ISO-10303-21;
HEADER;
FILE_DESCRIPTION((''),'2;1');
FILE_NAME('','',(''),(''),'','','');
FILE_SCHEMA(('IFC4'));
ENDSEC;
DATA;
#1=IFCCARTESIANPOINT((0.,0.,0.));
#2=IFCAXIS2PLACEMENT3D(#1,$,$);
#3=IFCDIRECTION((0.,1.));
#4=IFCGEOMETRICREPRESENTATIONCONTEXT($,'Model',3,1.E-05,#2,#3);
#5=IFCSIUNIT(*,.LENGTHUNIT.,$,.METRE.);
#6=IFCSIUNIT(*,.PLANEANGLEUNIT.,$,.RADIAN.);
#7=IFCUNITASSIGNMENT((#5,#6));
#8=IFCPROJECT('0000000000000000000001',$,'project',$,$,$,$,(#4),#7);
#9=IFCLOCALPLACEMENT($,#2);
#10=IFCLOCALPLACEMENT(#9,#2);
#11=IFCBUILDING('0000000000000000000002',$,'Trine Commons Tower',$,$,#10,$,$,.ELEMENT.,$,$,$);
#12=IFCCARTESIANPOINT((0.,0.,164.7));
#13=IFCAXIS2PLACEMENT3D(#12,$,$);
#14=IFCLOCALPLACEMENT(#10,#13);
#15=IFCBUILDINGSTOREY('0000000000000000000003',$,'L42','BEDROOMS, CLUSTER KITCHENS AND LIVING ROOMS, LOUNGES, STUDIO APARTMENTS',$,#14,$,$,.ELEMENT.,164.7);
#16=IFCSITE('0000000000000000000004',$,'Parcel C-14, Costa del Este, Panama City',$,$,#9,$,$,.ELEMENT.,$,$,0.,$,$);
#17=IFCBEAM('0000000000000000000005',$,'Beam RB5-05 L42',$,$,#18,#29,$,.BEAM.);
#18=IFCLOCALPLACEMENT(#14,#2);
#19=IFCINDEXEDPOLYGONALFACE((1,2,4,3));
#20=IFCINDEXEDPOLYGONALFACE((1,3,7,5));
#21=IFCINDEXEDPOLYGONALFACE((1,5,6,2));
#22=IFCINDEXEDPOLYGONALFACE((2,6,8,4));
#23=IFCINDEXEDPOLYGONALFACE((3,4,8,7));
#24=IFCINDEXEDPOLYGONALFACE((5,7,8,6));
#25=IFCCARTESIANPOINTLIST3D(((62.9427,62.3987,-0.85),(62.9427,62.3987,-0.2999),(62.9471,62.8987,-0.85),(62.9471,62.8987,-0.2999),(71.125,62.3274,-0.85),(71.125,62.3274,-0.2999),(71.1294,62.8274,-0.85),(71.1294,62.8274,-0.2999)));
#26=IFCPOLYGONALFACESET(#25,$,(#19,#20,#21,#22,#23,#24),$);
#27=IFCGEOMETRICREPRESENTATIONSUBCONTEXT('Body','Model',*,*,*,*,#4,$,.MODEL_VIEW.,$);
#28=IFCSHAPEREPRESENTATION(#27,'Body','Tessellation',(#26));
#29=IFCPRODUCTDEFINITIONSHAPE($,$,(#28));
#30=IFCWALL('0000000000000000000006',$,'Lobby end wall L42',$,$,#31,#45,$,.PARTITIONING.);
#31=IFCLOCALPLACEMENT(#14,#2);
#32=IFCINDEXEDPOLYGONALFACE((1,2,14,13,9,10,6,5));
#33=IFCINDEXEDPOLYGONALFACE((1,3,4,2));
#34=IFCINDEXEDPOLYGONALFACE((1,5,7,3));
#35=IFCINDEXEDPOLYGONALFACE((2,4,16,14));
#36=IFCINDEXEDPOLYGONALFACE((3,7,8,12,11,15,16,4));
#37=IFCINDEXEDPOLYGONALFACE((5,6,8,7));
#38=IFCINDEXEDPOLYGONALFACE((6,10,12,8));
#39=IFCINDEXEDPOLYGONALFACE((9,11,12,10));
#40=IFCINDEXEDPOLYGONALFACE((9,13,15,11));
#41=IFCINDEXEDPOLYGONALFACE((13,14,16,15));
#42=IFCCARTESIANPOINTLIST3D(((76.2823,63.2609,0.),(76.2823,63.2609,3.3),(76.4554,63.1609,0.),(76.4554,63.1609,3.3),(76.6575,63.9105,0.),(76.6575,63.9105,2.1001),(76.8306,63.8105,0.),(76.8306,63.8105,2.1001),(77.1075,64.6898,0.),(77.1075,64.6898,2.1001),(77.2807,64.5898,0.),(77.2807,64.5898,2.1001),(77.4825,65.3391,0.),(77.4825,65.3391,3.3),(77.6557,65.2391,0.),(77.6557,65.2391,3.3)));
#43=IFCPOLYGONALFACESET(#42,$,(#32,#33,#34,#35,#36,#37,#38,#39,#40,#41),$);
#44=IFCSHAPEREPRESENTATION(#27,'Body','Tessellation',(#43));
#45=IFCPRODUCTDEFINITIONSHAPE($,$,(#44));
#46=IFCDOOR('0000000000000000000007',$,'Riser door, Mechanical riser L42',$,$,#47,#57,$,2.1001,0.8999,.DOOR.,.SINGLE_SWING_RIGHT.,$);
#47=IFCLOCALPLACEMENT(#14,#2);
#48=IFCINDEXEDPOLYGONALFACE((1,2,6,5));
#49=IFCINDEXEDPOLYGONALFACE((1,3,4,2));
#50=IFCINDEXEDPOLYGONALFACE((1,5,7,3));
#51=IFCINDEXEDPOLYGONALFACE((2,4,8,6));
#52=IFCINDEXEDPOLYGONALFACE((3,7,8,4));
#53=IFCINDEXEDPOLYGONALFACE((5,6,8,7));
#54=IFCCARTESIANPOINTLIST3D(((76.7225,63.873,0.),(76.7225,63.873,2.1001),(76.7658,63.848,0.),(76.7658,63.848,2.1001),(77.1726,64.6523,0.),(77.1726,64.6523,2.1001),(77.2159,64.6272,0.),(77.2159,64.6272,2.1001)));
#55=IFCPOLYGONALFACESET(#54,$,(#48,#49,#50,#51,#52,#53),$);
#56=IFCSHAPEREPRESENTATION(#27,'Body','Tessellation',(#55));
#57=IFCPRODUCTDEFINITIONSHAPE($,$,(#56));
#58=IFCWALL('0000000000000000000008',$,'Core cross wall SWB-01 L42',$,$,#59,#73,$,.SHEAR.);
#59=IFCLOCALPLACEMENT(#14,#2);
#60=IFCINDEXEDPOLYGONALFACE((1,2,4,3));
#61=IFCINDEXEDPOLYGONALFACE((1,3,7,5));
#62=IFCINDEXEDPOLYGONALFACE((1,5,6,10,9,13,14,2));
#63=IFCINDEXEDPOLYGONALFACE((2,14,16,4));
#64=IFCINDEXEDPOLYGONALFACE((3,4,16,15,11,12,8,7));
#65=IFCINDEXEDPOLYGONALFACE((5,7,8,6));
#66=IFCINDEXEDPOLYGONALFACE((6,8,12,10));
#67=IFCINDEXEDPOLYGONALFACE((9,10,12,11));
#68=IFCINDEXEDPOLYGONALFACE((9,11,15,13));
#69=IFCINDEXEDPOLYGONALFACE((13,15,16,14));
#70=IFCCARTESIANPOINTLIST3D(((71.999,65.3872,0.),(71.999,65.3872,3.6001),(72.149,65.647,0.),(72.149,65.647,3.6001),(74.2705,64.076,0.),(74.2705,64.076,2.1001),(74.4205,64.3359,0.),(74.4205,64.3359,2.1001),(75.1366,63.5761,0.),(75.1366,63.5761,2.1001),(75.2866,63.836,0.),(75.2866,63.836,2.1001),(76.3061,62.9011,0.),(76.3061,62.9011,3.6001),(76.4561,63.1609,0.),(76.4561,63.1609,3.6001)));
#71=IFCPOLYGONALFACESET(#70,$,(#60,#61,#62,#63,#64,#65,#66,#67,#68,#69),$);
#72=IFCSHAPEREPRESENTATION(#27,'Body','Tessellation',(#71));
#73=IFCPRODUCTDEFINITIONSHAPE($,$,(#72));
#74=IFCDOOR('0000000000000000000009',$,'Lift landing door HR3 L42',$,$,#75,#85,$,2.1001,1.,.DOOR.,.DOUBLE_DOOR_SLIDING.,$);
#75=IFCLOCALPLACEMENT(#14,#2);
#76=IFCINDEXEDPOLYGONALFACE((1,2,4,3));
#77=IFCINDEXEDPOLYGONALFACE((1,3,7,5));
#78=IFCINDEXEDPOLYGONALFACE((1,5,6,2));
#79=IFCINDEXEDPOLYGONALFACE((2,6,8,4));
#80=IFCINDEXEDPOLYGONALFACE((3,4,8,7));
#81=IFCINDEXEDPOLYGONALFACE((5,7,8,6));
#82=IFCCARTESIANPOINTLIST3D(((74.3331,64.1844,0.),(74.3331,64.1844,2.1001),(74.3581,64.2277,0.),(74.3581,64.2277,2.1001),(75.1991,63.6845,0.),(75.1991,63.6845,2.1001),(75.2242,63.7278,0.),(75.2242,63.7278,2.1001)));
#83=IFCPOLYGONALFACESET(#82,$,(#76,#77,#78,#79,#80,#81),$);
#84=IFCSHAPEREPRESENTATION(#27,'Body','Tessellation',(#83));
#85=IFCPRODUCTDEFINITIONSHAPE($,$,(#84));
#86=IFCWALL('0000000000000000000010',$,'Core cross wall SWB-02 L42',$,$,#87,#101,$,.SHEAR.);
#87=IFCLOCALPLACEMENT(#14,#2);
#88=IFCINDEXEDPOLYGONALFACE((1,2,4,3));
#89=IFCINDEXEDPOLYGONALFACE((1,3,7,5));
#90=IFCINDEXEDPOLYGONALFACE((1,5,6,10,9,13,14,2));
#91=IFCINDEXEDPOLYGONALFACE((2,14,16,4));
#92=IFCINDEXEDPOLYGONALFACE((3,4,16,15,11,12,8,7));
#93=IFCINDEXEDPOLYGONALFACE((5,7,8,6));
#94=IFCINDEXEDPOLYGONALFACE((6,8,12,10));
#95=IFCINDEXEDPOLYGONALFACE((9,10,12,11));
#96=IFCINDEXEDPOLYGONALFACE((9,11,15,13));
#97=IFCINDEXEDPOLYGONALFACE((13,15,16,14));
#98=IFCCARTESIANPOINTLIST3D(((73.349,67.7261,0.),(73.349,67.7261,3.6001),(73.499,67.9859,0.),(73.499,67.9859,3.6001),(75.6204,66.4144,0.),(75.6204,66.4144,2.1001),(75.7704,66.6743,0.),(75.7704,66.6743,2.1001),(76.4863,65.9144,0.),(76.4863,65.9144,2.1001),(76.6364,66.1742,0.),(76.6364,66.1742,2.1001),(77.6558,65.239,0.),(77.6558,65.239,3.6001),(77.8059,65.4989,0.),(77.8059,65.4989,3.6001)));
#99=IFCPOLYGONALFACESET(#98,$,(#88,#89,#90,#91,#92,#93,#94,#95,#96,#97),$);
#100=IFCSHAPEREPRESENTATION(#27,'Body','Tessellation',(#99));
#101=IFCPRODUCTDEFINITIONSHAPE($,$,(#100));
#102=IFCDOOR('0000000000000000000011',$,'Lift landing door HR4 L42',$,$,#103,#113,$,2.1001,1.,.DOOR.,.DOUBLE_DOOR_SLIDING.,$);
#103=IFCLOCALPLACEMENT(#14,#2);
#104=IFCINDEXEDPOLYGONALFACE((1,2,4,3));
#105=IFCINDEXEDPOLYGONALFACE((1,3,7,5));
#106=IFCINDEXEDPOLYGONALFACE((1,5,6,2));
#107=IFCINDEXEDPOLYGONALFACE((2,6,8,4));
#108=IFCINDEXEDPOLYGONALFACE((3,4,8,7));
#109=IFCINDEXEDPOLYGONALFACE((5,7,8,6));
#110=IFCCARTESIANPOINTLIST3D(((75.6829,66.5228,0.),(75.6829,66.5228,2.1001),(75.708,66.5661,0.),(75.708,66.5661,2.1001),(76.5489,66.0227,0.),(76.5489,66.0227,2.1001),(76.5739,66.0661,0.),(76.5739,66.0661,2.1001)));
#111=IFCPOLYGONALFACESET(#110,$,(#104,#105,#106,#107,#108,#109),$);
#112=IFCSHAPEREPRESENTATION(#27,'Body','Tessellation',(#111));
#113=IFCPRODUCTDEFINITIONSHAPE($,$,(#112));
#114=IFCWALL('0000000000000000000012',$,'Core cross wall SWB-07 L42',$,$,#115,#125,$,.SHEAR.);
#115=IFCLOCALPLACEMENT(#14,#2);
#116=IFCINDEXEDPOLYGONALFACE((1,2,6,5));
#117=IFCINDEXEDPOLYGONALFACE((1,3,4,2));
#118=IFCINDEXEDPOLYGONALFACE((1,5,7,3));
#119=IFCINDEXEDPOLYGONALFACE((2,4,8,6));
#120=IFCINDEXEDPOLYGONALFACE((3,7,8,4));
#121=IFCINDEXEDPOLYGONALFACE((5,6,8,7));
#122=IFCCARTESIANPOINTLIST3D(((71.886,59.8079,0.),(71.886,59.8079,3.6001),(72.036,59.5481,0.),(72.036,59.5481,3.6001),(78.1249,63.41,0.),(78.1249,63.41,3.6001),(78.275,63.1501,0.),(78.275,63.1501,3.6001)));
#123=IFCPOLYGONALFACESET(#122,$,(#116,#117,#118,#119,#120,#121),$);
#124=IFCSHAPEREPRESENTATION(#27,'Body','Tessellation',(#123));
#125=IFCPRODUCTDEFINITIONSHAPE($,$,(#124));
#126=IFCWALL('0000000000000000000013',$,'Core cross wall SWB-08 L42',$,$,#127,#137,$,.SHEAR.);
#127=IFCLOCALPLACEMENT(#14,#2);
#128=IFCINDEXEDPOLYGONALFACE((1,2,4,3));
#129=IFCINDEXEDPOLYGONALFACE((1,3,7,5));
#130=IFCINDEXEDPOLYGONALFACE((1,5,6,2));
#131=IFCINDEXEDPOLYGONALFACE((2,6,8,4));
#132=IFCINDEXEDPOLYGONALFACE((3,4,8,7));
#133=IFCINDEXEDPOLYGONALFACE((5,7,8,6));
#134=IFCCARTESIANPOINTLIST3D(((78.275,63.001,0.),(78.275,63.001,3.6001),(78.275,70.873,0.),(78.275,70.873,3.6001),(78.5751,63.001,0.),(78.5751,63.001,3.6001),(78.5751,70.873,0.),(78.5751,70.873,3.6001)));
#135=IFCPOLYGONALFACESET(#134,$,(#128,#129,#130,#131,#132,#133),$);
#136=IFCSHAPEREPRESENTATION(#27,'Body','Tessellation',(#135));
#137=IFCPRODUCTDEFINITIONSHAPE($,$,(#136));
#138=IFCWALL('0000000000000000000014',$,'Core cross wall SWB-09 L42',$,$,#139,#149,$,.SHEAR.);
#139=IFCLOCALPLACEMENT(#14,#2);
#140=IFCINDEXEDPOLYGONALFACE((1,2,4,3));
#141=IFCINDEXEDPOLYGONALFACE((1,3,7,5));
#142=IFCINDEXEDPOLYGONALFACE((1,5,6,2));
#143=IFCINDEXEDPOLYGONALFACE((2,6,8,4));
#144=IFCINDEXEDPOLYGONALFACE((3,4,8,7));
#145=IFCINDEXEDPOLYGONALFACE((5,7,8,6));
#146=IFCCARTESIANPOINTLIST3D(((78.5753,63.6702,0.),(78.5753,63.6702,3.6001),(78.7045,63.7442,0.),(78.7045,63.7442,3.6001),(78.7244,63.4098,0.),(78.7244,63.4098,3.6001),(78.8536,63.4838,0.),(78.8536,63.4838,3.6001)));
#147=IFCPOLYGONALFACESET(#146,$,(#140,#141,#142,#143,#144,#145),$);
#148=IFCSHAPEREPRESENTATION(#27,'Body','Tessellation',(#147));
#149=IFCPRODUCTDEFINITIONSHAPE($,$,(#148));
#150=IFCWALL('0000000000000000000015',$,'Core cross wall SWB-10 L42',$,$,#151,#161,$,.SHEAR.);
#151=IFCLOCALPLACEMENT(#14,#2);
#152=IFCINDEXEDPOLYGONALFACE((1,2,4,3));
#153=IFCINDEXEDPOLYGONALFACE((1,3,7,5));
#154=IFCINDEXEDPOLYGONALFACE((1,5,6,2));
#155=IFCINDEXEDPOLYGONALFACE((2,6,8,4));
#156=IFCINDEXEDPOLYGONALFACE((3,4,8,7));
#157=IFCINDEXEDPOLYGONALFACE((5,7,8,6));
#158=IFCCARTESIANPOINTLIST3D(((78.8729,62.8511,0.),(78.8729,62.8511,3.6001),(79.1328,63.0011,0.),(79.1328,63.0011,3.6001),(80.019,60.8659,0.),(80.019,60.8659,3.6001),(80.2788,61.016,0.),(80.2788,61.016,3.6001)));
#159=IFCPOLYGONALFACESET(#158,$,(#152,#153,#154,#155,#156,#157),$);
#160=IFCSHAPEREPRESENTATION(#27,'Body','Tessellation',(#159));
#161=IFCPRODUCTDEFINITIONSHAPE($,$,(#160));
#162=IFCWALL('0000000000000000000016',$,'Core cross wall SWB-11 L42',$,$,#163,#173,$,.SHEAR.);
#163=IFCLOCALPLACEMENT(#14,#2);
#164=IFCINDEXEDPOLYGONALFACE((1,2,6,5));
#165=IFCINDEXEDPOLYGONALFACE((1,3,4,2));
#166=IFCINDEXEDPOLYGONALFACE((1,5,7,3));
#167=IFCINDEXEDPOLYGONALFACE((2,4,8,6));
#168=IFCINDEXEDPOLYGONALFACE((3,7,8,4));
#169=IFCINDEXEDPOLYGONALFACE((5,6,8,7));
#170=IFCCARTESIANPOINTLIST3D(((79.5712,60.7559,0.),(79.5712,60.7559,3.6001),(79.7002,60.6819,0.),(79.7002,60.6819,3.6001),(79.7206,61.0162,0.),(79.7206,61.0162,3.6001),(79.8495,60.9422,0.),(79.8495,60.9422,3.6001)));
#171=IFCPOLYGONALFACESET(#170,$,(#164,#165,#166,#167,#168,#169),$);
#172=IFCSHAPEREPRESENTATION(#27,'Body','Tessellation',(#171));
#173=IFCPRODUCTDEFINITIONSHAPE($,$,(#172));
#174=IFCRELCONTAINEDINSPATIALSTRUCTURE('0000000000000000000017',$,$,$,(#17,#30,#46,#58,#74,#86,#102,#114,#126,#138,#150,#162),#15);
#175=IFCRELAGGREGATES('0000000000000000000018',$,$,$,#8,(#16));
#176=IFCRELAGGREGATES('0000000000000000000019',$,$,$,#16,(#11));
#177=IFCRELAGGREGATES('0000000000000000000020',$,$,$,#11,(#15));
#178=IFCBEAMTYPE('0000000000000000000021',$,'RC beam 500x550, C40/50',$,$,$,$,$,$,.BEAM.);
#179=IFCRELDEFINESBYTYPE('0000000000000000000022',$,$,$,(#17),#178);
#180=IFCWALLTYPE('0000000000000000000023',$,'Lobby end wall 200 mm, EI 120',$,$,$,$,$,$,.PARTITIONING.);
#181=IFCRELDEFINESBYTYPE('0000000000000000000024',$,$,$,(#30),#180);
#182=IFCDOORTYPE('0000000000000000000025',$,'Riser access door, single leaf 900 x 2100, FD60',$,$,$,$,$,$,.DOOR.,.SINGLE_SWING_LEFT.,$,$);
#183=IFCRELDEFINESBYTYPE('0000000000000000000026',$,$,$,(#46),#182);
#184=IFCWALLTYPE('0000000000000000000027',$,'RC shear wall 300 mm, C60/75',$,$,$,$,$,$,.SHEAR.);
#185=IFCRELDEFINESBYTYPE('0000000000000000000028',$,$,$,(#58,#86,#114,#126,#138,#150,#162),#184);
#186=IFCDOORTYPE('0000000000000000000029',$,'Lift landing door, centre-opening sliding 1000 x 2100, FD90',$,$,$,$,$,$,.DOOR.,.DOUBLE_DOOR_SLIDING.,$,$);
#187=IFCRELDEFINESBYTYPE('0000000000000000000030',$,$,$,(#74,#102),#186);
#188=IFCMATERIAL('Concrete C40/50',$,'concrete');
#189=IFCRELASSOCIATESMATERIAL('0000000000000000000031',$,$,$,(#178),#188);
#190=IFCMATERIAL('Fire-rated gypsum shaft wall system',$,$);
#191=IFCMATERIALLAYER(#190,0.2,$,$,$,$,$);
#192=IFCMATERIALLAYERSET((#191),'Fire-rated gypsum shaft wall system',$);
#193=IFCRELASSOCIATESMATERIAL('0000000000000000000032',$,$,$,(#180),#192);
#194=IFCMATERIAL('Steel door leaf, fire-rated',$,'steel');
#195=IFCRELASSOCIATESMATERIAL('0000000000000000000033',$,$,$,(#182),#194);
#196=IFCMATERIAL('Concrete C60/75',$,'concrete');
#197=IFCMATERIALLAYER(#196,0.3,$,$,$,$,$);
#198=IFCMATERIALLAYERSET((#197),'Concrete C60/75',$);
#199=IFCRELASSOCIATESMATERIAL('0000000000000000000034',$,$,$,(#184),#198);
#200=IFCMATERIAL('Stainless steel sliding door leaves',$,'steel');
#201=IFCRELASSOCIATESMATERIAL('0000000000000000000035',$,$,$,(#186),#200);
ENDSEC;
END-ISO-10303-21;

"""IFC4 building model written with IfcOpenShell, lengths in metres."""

from ifc_helpers import new_model, si_unit, direction, frame, frame_2d, origin, origin_2d, place, context, subcontext, project, spatial, rectangle, extrude, material, layer, layer_set, material_profile, profile_set, type_object, element, fill, save


model = new_model("IFC4")

# Units and contexts
model_context = context("Model", 3, precision=1e-05, world=origin(), true_north=direction((0.0, 1.0)))
body_context = subcontext(model_context, "Body", "Model", "MODEL_VIEW")
ifc_project = project(units=[si_unit("LENGTHUNIT", "METRE"), si_unit("PLANEANGLEUNIT", "RADIAN")], contexts=[model_context])

# Site, building, storey
site_placement = place(None, origin())
site = spatial("IfcSite", under=ifc_project, at=site_placement, Name="Parcel C-14, Costa del Este, Panama City", CompositionType="ELEMENT", RefElevation=0.0)
building_placement = place(site_placement, origin())
building = spatial("IfcBuilding", under=site, at=building_placement, Name="Trine Commons Tower", CompositionType="ELEMENT")
storey_placement = place(building_placement, frame((0.0, 0.0, 164.7)))
storey = spatial("IfcBuildingStorey", under=building, at=storey_placement, Name="L42", Description="BEDROOMS, CLUSTER KITCHENS AND LIVING ROOMS, LOUNGES, STUDIO APARTMENTS", CompositionType="ELEMENT", Elevation=164.7)

# Beam
ifc_material_1 = material(Name="Concrete C40/50", Category="concrete")
ifc_material_profile = material_profile(ifc_material_1, rectangle(XDim=0.5, YDim=0.55, at=origin_2d()), Name="RC 500x550")
ifc_profile_set = profile_set([ifc_material_profile], Name="Concrete C40/50")
beam_type = type_object("IfcBeamType", Name="RC beam 500x550, C40/50", PredefinedType="BEAM", material=ifc_profile_set)
beam_placement = place(storey_placement, frame((71.1272, 62.5774, -0.575), z_axis=(-0.999962, 0.008712, 0.0), x_axis=(-0.008712, -0.999962, 0.0)))
element("IfcBeam", 1, at=beam_placement, inside=storey, type_object=beam_type, Name="Beam RB5-05 L42", PredefinedType="BEAM", context=body_context, shape_type="SweptSolid", body=[
    extrude(rectangle(XDim=0.5, YDim=0.55, at=origin_2d()), origin(), (0.0, 0.0, 1.0), 8.1826),
])

# Walls, openings, doors
ifc_material_2 = material(Name="Fire-rated gypsum shaft wall system")
ifc_layer_1 = layer(ifc_material_2, 0.2)
ifc_layer_set_1 = layer_set([ifc_layer_1], Name="Fire-rated gypsum shaft wall system")
wall_type_1 = type_object("IfcWallType", Name="Lobby end wall 200 mm, EI 120", PredefinedType="PARTITIONING", material=ifc_layer_set_1)
wall_1_placement = place(storey_placement, frame((77.5691, 65.2891, 0.0), z_axis=(0.0, 0.0, 1.0), x_axis=(-0.500122, -0.865955, 0.0)))
wall_1 = element("IfcWall", 2, at=wall_1_placement, inside=storey, type_object=wall_type_1, Name="Lobby end wall L42", PredefinedType="PARTITIONING", context=body_context, shape_type="SweptSolid", body=[
    extrude(rectangle(XDim=2.3999, YDim=0.2, at=frame_2d((1.2, 0.0))), origin(), (0.0, 0.0, 1.0), 3.3),
])
opening_1_placement = place(wall_1_placement, frame((0.7498, 0.0, 0.0)))
opening_1 = element("IfcOpeningElement", 3, at=opening_1_placement, cuts=wall_1, PredefinedType="OPENING", context=body_context, shape_type="SweptSolid", body=[
    extrude(rectangle(XDim=0.8999, YDim=2.1001, at=frame_2d((0.45, 1.05))), frame((0.0, 0.1099, 0.0), z_axis=(0.0, -1.0, 0.0), x_axis=(1.0, 0.0, 0.0)), (0.0, 0.0, 1.0), 0.22),
])
ifc_material_3 = material(Name="Steel door leaf, fire-rated", Category="steel")
door_type_1 = type_object("IfcDoorType", Name="Riser access door, single leaf 900 x 2100, FD60", OperationType="SINGLE_SWING_LEFT", PredefinedType="DOOR", material=ifc_material_3)
door_1_placement = place(opening_1_placement, frame((0.8999, 0.0, 0.0), z_axis=(0.0, 0.0, 1.0), x_axis=(-1.0, 0.0, 0.0)))
door_1 = element("IfcDoor", 4, at=door_1_placement, inside=storey, type_object=door_type_1, Name="Riser door, Mechanical riser L42", OperationType="SINGLE_SWING_RIGHT", OverallHeight=2.1001, OverallWidth=0.8999, PredefinedType="DOOR", context=body_context, shape_type="SweptSolid", body=[
    extrude(rectangle(XDim=0.8999, YDim=2.1001, at=frame_2d((0.45, 1.05))), frame((0.0, 0.0249, 0.0), z_axis=(0.0, -1.0, 0.0), x_axis=(1.0, 0.0, 0.0)), (0.0, 0.0, 1.0), 0.05),
])
fill(opening_1, door_1)
ifc_material_4 = material(Name="Concrete C60/75", Category="concrete")
ifc_layer_2 = layer(ifc_material_4, 0.3)
ifc_layer_set_2 = layer_set([ifc_layer_2], Name="Concrete C60/75")
wall_type_2 = type_object("IfcWallType", Name="RC shear wall 300 mm, C60/75", PredefinedType="SHEAR", material=ifc_layer_set_2)
wall_2_placement = place(storey_placement, frame((76.3811, 63.031, 0.0), z_axis=(0.0, 0.0, 1.0), x_axis=(-0.866081, 0.499904, 0.0)))
wall_2 = element("IfcWall", 5, at=wall_2_placement, inside=storey, type_object=wall_type_2, Name="Core cross wall SWB-01 L42", PredefinedType="SHEAR", context=body_context, shape_type="SweptSolid", body=[
    extrude(rectangle(XDim=4.9731, YDim=0.3, at=frame_2d((2.4866, 0.0))), origin(), (0.0, 0.0, 1.0), 3.6001),
])
opening_2_placement = place(wall_2_placement, frame((1.3503, 0.0, 0.0)))
opening_2 = element("IfcOpeningElement", 6, at=opening_2_placement, cuts=wall_2, PredefinedType="OPENING", context=body_context, shape_type="SweptSolid", body=[
    extrude(rectangle(XDim=1.0, YDim=2.1001, at=frame_2d((0.5, 1.05))), frame((0.0, 0.1599, 0.0), z_axis=(0.0, -1.0, 0.0), x_axis=(1.0, 0.0, 0.0)), (0.0, 0.0, 1.0), 0.3201),
])
ifc_material_5 = material(Name="Stainless steel sliding door leaves", Category="steel")
door_type_2 = type_object("IfcDoorType", Name="Lift landing door, centre-opening sliding 1000 x 2100, FD90", OperationType="DOUBLE_DOOR_SLIDING", PredefinedType="DOOR", material=ifc_material_5)
door_2_placement = place(opening_2_placement, origin())
door_2 = element("IfcDoor", 7, at=door_2_placement, inside=storey, type_object=door_type_2, Name="Lift landing door HR3 L42", OperationType="DOUBLE_DOOR_SLIDING", OverallHeight=2.1001, OverallWidth=1.0, PredefinedType="DOOR", context=body_context, shape_type="SweptSolid", body=[
    extrude(rectangle(XDim=1.0, YDim=2.1001, at=frame_2d((0.5, 1.05))), frame((0.0, 0.0249, 0.0), z_axis=(0.0, -1.0, 0.0), x_axis=(1.0, 0.0, 0.0)), (0.0, 0.0, 1.0), 0.05),
])
fill(opening_2, door_2)
wall_3_placement = place(storey_placement, frame((77.731, 65.3689, 0.0), z_axis=(0.0, 0.0, 1.0), x_axis=(-0.865984, 0.500072, 0.0)))
wall_3 = element("IfcWall", 8, at=wall_3_placement, inside=storey, type_object=wall_type_2, Name="Core cross wall SWB-02 L42", PredefinedType="SHEAR", context=body_context, shape_type="SweptSolid", body=[
    extrude(rectangle(XDim=4.9734, YDim=0.3, at=frame_2d((2.4868, 0.0))), origin(), (0.0, 0.0, 1.0), 3.6001),
])
opening_3_placement = place(wall_3_placement, frame((1.3506, 0.0, 0.0)))
opening_3 = element("IfcOpeningElement", 9, at=opening_3_placement, cuts=wall_3, PredefinedType="OPENING", context=body_context, shape_type="SweptSolid", body=[
    extrude(rectangle(XDim=1.0, YDim=2.1001, at=frame_2d((0.5, 1.05))), frame((0.0, 0.1599, 0.0), z_axis=(0.0, -1.0, 0.0), x_axis=(1.0, 0.0, 0.0)), (0.0, 0.0, 1.0), 0.3201),
])
door_3_placement = place(opening_3_placement, origin())
door_3 = element("IfcDoor", 10, at=door_3_placement, inside=storey, type_object=door_type_2, Name="Lift landing door HR4 L42", OperationType="DOUBLE_DOOR_SLIDING", OverallHeight=2.1001, OverallWidth=1.0, PredefinedType="DOOR", context=body_context, shape_type="SweptSolid", body=[
    extrude(rectangle(XDim=1.0, YDim=2.1001, at=frame_2d((0.5, 1.05))), frame((0.0, 0.0249, 0.0), z_axis=(0.0, -1.0, 0.0), x_axis=(1.0, 0.0, 0.0)), (0.0, 0.0, 1.0), 0.05),
])
fill(opening_3, door_3)

# Walls
wall_4_placement = place(storey_placement, frame((78.2, 63.28, 0.0), z_axis=(0.0, 0.0, 1.0), x_axis=(-0.866028, -0.499995, 0.0)))
element("IfcWall", 11, at=wall_4_placement, inside=storey, type_object=wall_type_2, Name="Core cross wall SWB-07 L42", PredefinedType="SHEAR", context=body_context, shape_type="SweptSolid", body=[
    extrude(rectangle(XDim=7.2041, YDim=0.3, at=frame_2d((3.6021, 0.0))), origin(), (0.0, 0.0, 1.0), 3.6001),
])
wall_5_placement = place(storey_placement, frame((78.425, 63.001, 0.0), z_axis=(0.0, 0.0, 1.0), x_axis=(0.0, 1.0, 0.0)))
element("IfcWall", 12, at=wall_5_placement, inside=storey, type_object=wall_type_2, Name="Core cross wall SWB-08 L42", PredefinedType="SHEAR", context=body_context, shape_type="SweptSolid", body=[
    extrude(rectangle(XDim=7.8721, YDim=0.3, at=frame_2d((3.936, 0.0))), origin(), (0.0, 0.0, 1.0), 3.6001),
])
wall_6_placement = place(storey_placement, frame((78.7791, 63.614, 0.0), z_axis=(0.0, 0.0, 1.0), x_axis=(-0.867738, -0.497022, 0.0)))
element("IfcWall", 13, at=wall_6_placement, inside=storey, type_object=wall_type_2, Name="Core cross wall SWB-09 L42", PredefinedType="SHEAR", context=body_context, shape_type="SweptSolid", body=[
    extrude(rectangle(XDim=0.1489, YDim=0.3, at=frame_2d((0.0745, 0.0))), origin(), (0.0, 0.0, 1.0), 3.6001),
])
wall_7_placement = place(storey_placement, frame((79.0029, 62.926, 0.0), z_axis=(0.0, 0.0, 1.0), x_axis=(0.499965, -0.866045, 0.0)))
element("IfcWall", 14, at=wall_7_placement, inside=storey, type_object=wall_type_2, Name="Core cross wall SWB-10 L42", PredefinedType="SHEAR", context=body_context, shape_type="SweptSolid", body=[
    extrude(rectangle(XDim=2.2922, YDim=0.3, at=frame_2d((1.146, 0.0))), origin(), (0.0, 0.0, 1.0), 3.6001),
])
wall_8_placement = place(storey_placement, frame((79.646, 60.886, 0.0), z_axis=(0.0, 0.0, 1.0), x_axis=(0.867332, -0.49773, 0.0)))
element("IfcWall", 15, at=wall_8_placement, inside=storey, type_object=wall_type_2, Name="Core cross wall SWB-11 L42", PredefinedType="SHEAR", context=body_context, shape_type="SweptSolid", body=[
    extrude(rectangle(XDim=0.1487, YDim=0.3, at=frame_2d((0.0742, 0.0))), origin(), (0.0, 0.0, 1.0), 3.6001),
])

save(model, "model.ifc")
